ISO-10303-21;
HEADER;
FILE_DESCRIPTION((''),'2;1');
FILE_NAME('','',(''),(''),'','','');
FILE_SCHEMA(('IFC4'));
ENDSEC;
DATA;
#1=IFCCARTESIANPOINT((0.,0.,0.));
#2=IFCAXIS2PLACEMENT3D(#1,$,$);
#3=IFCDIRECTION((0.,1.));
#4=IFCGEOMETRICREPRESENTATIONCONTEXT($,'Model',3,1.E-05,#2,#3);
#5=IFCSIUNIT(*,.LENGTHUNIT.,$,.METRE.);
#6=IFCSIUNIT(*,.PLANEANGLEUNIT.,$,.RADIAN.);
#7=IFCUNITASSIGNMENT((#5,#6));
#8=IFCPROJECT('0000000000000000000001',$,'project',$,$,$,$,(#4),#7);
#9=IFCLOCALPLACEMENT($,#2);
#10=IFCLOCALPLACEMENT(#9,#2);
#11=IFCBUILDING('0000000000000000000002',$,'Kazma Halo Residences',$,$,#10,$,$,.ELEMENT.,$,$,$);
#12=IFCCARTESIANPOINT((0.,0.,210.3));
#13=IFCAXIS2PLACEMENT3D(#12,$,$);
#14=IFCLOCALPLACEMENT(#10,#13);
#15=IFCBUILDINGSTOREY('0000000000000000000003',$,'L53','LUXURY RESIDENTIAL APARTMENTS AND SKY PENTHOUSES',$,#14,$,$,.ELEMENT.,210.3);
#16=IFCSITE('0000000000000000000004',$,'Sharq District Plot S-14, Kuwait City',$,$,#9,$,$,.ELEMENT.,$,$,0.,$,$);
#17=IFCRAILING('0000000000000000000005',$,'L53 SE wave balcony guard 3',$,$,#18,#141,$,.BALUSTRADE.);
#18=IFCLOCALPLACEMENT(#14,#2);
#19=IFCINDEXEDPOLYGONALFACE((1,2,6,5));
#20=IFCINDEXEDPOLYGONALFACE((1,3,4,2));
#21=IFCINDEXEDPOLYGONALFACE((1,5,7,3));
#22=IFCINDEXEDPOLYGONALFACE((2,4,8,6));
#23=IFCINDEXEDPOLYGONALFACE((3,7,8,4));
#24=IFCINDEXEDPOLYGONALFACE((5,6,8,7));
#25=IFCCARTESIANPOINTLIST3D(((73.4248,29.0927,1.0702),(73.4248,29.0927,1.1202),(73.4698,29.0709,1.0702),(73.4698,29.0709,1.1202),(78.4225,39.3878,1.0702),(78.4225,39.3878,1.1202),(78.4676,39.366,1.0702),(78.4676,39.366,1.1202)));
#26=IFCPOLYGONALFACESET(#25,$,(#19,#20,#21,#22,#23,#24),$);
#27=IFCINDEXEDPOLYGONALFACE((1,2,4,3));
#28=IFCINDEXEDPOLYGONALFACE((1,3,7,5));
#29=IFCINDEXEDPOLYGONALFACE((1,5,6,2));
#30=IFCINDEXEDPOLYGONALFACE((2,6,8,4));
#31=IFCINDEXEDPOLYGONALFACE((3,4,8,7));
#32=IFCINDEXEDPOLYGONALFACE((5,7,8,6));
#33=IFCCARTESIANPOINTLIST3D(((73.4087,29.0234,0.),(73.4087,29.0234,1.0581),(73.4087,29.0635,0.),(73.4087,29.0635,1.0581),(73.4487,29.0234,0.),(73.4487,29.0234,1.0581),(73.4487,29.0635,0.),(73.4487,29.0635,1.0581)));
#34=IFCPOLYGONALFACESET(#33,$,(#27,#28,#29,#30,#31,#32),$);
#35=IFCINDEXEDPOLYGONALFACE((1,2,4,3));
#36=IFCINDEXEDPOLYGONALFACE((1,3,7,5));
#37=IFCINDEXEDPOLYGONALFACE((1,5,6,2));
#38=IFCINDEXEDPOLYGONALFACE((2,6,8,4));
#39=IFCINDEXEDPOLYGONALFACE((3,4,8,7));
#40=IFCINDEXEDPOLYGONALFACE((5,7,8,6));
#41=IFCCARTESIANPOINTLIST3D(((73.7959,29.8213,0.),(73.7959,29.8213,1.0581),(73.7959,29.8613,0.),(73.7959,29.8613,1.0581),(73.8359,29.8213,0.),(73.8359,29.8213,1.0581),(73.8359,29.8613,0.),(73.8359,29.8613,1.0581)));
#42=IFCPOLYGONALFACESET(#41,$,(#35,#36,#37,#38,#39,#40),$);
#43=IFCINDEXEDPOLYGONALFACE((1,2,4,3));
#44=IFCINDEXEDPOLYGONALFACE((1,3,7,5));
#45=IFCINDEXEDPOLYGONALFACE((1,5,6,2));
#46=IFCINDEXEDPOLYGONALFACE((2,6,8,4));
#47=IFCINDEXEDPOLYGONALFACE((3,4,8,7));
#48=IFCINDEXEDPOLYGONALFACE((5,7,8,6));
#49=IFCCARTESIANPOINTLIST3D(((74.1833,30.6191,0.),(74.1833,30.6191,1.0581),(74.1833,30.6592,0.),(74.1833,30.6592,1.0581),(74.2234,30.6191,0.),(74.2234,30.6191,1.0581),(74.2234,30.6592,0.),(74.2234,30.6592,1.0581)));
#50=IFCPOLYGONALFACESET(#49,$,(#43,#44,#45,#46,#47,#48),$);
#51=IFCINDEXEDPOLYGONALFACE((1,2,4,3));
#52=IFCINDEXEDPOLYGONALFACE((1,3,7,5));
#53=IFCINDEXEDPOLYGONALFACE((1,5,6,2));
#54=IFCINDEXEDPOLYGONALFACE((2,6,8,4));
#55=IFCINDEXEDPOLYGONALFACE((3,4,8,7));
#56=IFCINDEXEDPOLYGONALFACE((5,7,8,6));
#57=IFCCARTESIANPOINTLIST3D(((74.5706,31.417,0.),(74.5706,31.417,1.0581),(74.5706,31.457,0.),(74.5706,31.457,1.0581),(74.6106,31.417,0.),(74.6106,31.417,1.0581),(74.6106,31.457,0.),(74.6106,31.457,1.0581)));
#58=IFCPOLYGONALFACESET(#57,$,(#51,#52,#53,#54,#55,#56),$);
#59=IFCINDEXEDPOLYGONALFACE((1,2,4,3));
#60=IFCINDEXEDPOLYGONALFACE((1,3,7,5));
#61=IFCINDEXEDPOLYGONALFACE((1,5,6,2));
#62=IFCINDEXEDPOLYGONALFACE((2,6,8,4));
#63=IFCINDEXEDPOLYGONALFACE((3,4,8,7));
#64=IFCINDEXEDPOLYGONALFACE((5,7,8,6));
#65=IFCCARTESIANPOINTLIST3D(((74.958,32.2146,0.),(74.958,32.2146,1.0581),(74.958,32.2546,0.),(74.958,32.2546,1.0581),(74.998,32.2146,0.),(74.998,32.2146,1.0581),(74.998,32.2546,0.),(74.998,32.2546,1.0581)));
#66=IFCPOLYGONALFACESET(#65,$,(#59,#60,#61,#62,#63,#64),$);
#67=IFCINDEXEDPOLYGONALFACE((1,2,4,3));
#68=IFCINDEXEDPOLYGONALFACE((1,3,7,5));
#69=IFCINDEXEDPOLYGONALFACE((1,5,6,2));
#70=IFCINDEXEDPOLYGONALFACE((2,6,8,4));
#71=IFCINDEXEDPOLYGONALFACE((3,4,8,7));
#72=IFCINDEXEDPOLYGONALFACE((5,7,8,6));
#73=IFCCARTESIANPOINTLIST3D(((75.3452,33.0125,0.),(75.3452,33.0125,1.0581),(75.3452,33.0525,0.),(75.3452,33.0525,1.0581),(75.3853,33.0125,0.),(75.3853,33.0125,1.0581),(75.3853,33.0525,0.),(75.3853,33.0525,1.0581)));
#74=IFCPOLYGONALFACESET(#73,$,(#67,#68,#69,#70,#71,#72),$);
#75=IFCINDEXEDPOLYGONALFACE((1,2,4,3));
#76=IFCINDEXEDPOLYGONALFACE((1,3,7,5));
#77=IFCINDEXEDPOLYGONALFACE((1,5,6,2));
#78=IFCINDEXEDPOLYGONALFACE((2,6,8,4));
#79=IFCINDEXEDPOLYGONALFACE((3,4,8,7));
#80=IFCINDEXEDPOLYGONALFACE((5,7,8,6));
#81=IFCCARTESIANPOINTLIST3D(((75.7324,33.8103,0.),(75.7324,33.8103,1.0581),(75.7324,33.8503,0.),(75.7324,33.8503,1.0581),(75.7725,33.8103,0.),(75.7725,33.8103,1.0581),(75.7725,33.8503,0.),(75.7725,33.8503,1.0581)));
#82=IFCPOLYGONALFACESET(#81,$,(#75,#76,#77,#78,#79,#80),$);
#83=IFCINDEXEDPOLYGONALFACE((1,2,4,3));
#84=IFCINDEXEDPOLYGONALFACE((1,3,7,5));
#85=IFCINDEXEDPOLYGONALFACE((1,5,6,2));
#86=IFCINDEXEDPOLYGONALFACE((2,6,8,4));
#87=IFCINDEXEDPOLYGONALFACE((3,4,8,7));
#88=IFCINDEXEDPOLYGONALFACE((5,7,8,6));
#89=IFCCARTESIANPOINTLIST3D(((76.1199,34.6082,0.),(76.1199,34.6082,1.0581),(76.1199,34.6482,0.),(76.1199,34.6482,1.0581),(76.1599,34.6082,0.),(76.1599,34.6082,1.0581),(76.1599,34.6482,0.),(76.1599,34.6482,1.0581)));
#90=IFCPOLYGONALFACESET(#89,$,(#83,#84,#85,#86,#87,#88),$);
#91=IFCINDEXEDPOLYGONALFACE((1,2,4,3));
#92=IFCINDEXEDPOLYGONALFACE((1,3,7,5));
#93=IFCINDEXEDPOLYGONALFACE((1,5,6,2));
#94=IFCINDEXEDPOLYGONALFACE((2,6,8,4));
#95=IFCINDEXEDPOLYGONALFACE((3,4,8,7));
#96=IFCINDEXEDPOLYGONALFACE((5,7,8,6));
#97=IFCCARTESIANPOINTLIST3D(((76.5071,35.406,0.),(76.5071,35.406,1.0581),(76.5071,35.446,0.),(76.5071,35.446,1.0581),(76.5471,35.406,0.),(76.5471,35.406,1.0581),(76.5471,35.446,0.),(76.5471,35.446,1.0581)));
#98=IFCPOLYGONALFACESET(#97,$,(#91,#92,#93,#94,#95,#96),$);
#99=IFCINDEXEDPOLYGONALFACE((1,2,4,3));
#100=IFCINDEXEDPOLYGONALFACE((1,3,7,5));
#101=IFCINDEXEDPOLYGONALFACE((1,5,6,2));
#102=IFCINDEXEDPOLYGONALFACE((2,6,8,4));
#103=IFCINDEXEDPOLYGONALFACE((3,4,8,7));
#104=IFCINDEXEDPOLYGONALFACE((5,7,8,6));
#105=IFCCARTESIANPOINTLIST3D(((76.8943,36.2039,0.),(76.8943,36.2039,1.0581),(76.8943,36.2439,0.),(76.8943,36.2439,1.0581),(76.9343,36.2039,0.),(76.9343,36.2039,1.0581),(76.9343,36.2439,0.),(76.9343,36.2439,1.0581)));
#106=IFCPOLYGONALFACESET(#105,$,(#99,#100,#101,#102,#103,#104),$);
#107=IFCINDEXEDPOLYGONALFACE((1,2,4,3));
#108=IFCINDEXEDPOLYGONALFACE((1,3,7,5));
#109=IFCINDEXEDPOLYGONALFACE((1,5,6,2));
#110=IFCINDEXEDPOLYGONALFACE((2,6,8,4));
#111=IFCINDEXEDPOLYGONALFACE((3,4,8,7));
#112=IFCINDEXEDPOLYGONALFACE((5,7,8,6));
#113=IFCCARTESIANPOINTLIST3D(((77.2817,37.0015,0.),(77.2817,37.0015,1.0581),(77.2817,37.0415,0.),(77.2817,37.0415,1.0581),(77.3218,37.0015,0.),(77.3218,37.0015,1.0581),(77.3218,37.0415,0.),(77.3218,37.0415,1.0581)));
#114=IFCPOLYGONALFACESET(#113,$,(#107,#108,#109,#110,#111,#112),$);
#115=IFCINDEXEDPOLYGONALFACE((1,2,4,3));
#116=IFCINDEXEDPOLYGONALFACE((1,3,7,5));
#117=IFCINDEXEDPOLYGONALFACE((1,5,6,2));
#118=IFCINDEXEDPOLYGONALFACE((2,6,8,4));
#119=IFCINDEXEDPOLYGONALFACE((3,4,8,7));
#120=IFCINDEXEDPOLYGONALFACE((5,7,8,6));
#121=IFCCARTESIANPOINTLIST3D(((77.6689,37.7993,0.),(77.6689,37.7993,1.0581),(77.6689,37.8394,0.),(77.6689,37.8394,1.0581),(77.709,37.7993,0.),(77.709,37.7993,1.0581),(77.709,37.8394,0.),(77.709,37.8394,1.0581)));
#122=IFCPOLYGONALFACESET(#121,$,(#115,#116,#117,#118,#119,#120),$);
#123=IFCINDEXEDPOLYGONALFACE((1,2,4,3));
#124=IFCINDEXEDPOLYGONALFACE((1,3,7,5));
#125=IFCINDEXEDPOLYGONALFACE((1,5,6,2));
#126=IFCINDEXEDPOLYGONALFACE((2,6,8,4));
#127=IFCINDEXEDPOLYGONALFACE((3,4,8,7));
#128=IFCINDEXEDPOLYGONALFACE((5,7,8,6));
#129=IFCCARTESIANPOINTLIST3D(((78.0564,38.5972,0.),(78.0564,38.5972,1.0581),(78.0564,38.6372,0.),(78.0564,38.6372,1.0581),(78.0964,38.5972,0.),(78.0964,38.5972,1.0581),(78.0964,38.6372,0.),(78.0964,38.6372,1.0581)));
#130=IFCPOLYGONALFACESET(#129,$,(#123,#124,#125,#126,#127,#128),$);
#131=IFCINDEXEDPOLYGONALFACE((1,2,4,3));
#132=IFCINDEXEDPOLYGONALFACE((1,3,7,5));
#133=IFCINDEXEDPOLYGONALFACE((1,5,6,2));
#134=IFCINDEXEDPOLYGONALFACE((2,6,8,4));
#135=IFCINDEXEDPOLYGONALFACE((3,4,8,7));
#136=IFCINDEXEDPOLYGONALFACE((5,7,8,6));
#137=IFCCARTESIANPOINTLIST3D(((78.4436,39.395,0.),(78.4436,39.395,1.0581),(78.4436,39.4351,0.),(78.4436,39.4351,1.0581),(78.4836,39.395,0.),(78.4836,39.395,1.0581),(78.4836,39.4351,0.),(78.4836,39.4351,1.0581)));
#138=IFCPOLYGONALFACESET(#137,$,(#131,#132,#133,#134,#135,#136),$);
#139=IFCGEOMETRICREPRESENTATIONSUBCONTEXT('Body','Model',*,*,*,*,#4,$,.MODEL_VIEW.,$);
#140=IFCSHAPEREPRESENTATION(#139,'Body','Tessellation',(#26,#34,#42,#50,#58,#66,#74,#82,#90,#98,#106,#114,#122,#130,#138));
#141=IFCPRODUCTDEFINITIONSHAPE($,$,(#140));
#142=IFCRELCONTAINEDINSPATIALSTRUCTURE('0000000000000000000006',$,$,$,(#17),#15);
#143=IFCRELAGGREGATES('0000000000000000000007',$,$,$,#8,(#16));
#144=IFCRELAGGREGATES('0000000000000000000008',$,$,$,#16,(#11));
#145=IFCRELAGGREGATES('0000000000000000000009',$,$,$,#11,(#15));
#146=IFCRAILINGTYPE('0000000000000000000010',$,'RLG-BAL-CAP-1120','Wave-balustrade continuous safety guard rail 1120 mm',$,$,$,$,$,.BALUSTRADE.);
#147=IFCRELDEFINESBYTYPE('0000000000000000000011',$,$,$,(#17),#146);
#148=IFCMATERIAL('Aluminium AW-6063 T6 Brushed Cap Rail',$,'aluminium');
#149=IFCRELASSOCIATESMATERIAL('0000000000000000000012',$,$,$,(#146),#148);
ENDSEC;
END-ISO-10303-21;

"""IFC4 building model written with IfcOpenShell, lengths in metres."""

from ifc_helpers import new_model, si_unit, direction, frame, origin, origin_2d, place, context, subcontext, project, spatial, rectangle, extrude, material, type_object, element, save


model = new_model("IFC4")

# Units and contexts
model_context = context("Model", 3, precision=1e-05, world=origin(), true_north=direction((0.0, 1.0)))
body_context = subcontext(model_context, "Body", "Model", "MODEL_VIEW")
ifc_project = project(units=[si_unit("LENGTHUNIT", "METRE"), si_unit("PLANEANGLEUNIT", "RADIAN")], contexts=[model_context])

# Site, building, storey
site_placement = place(None, origin())
site = spatial("IfcSite", under=ifc_project, at=site_placement, Name="Sharq District Plot S-14, Kuwait City", CompositionType="ELEMENT", RefElevation=0.0)
building_placement = place(site_placement, origin())
building = spatial("IfcBuilding", under=site, at=building_placement, Name="Kazma Halo Residences", CompositionType="ELEMENT")
storey_placement = place(building_placement, frame((0.0, 0.0, 210.3)))
storey = spatial("IfcBuildingStorey", under=building, at=storey_placement, Name="L53", Description="LUXURY RESIDENTIAL APARTMENTS AND SKY PENTHOUSES", CompositionType="ELEMENT", Elevation=210.3)

# Railing
ifc_material_1 = material(Name="Aluminium AW-6063 T6 Brushed Cap Rail", Category="aluminium")
railing_type = type_object("IfcRailingType", Name="RLG-BAL-CAP-1120", Description="Wave-balustrade continuous safety guard rail 1120 mm", PredefinedType="BALUSTRADE", material=ifc_material_1)
railing_1_placement = place(storey_placement, frame((73.4287, 29.0435, 0.0)))
element("IfcRailing", 1, at=railing_1_placement, inside=storey, type_object=railing_type, Name="L53 SE wave balcony guard 3", PredefinedType="BALUSTRADE", context=body_context, shape_type="SweptSolid", body=[
    extrude(rectangle(XDim=0.05, YDim=0.05, at=origin_2d()), frame((0.0186, 0.0383, 1.0952), z_axis=(0.436714, 0.899601, 0.0), x_axis=(-0.899601, 0.436714, 0.0)), (0.0, 0.0, 1.0), 11.4441),
    extrude(rectangle(XDim=0.04, YDim=0.04, at=origin_2d()), origin(), (0.0, 0.0, 1.0), 1.0581),
    extrude(rectangle(XDim=0.04, YDim=0.04, at=origin_2d()), frame((0.3872, 0.7979, 0.0)), (0.0, 0.0, 1.0), 1.0581),
    extrude(rectangle(XDim=0.04, YDim=0.04, at=origin_2d()), frame((0.7747, 1.5957, 0.0)), (0.0, 0.0, 1.0), 1.0581),
    extrude(rectangle(XDim=0.04, YDim=0.04, at=origin_2d()), frame((1.1619, 2.3936, 0.0)), (0.0, 0.0, 1.0), 1.0581),
    extrude(rectangle(XDim=0.04, YDim=0.04, at=origin_2d()), frame((1.5493, 3.1912, 0.0)), (0.0, 0.0, 1.0), 1.0581),
    extrude(rectangle(XDim=0.04, YDim=0.04, at=origin_2d()), frame((1.9365, 3.989, 0.0)), (0.0, 0.0, 1.0), 1.0581),
    extrude(rectangle(XDim=0.04, YDim=0.04, at=origin_2d()), frame((2.3237, 4.7869, 0.0)), (0.0, 0.0, 1.0), 1.0581),
    extrude(rectangle(XDim=0.04, YDim=0.04, at=origin_2d()), frame((2.7112, 5.5847, 0.0)), (0.0, 0.0, 1.0), 1.0581),
    extrude(rectangle(XDim=0.04, YDim=0.04, at=origin_2d()), frame((3.0984, 6.3826, 0.0)), (0.0, 0.0, 1.0), 1.0581),
    extrude(rectangle(XDim=0.04, YDim=0.04, at=origin_2d()), frame((3.4856, 7.1804, 0.0)), (0.0, 0.0, 1.0), 1.0581),
    extrude(rectangle(XDim=0.04, YDim=0.04, at=origin_2d()), frame((3.873, 7.978, 0.0)), (0.0, 0.0, 1.0), 1.0581),
    extrude(rectangle(XDim=0.04, YDim=0.04, at=origin_2d()), frame((4.2603, 8.7759, 0.0)), (0.0, 0.0, 1.0), 1.0581),
    extrude(rectangle(XDim=0.04, YDim=0.04, at=origin_2d()), frame((4.6477, 9.5737, 0.0)), (0.0, 0.0, 1.0), 1.0581),
    extrude(rectangle(XDim=0.04, YDim=0.04, at=origin_2d()), frame((5.0349, 10.3716, 0.0)), (0.0, 0.0, 1.0), 1.0581),
])

save(model, "model.ifc")
